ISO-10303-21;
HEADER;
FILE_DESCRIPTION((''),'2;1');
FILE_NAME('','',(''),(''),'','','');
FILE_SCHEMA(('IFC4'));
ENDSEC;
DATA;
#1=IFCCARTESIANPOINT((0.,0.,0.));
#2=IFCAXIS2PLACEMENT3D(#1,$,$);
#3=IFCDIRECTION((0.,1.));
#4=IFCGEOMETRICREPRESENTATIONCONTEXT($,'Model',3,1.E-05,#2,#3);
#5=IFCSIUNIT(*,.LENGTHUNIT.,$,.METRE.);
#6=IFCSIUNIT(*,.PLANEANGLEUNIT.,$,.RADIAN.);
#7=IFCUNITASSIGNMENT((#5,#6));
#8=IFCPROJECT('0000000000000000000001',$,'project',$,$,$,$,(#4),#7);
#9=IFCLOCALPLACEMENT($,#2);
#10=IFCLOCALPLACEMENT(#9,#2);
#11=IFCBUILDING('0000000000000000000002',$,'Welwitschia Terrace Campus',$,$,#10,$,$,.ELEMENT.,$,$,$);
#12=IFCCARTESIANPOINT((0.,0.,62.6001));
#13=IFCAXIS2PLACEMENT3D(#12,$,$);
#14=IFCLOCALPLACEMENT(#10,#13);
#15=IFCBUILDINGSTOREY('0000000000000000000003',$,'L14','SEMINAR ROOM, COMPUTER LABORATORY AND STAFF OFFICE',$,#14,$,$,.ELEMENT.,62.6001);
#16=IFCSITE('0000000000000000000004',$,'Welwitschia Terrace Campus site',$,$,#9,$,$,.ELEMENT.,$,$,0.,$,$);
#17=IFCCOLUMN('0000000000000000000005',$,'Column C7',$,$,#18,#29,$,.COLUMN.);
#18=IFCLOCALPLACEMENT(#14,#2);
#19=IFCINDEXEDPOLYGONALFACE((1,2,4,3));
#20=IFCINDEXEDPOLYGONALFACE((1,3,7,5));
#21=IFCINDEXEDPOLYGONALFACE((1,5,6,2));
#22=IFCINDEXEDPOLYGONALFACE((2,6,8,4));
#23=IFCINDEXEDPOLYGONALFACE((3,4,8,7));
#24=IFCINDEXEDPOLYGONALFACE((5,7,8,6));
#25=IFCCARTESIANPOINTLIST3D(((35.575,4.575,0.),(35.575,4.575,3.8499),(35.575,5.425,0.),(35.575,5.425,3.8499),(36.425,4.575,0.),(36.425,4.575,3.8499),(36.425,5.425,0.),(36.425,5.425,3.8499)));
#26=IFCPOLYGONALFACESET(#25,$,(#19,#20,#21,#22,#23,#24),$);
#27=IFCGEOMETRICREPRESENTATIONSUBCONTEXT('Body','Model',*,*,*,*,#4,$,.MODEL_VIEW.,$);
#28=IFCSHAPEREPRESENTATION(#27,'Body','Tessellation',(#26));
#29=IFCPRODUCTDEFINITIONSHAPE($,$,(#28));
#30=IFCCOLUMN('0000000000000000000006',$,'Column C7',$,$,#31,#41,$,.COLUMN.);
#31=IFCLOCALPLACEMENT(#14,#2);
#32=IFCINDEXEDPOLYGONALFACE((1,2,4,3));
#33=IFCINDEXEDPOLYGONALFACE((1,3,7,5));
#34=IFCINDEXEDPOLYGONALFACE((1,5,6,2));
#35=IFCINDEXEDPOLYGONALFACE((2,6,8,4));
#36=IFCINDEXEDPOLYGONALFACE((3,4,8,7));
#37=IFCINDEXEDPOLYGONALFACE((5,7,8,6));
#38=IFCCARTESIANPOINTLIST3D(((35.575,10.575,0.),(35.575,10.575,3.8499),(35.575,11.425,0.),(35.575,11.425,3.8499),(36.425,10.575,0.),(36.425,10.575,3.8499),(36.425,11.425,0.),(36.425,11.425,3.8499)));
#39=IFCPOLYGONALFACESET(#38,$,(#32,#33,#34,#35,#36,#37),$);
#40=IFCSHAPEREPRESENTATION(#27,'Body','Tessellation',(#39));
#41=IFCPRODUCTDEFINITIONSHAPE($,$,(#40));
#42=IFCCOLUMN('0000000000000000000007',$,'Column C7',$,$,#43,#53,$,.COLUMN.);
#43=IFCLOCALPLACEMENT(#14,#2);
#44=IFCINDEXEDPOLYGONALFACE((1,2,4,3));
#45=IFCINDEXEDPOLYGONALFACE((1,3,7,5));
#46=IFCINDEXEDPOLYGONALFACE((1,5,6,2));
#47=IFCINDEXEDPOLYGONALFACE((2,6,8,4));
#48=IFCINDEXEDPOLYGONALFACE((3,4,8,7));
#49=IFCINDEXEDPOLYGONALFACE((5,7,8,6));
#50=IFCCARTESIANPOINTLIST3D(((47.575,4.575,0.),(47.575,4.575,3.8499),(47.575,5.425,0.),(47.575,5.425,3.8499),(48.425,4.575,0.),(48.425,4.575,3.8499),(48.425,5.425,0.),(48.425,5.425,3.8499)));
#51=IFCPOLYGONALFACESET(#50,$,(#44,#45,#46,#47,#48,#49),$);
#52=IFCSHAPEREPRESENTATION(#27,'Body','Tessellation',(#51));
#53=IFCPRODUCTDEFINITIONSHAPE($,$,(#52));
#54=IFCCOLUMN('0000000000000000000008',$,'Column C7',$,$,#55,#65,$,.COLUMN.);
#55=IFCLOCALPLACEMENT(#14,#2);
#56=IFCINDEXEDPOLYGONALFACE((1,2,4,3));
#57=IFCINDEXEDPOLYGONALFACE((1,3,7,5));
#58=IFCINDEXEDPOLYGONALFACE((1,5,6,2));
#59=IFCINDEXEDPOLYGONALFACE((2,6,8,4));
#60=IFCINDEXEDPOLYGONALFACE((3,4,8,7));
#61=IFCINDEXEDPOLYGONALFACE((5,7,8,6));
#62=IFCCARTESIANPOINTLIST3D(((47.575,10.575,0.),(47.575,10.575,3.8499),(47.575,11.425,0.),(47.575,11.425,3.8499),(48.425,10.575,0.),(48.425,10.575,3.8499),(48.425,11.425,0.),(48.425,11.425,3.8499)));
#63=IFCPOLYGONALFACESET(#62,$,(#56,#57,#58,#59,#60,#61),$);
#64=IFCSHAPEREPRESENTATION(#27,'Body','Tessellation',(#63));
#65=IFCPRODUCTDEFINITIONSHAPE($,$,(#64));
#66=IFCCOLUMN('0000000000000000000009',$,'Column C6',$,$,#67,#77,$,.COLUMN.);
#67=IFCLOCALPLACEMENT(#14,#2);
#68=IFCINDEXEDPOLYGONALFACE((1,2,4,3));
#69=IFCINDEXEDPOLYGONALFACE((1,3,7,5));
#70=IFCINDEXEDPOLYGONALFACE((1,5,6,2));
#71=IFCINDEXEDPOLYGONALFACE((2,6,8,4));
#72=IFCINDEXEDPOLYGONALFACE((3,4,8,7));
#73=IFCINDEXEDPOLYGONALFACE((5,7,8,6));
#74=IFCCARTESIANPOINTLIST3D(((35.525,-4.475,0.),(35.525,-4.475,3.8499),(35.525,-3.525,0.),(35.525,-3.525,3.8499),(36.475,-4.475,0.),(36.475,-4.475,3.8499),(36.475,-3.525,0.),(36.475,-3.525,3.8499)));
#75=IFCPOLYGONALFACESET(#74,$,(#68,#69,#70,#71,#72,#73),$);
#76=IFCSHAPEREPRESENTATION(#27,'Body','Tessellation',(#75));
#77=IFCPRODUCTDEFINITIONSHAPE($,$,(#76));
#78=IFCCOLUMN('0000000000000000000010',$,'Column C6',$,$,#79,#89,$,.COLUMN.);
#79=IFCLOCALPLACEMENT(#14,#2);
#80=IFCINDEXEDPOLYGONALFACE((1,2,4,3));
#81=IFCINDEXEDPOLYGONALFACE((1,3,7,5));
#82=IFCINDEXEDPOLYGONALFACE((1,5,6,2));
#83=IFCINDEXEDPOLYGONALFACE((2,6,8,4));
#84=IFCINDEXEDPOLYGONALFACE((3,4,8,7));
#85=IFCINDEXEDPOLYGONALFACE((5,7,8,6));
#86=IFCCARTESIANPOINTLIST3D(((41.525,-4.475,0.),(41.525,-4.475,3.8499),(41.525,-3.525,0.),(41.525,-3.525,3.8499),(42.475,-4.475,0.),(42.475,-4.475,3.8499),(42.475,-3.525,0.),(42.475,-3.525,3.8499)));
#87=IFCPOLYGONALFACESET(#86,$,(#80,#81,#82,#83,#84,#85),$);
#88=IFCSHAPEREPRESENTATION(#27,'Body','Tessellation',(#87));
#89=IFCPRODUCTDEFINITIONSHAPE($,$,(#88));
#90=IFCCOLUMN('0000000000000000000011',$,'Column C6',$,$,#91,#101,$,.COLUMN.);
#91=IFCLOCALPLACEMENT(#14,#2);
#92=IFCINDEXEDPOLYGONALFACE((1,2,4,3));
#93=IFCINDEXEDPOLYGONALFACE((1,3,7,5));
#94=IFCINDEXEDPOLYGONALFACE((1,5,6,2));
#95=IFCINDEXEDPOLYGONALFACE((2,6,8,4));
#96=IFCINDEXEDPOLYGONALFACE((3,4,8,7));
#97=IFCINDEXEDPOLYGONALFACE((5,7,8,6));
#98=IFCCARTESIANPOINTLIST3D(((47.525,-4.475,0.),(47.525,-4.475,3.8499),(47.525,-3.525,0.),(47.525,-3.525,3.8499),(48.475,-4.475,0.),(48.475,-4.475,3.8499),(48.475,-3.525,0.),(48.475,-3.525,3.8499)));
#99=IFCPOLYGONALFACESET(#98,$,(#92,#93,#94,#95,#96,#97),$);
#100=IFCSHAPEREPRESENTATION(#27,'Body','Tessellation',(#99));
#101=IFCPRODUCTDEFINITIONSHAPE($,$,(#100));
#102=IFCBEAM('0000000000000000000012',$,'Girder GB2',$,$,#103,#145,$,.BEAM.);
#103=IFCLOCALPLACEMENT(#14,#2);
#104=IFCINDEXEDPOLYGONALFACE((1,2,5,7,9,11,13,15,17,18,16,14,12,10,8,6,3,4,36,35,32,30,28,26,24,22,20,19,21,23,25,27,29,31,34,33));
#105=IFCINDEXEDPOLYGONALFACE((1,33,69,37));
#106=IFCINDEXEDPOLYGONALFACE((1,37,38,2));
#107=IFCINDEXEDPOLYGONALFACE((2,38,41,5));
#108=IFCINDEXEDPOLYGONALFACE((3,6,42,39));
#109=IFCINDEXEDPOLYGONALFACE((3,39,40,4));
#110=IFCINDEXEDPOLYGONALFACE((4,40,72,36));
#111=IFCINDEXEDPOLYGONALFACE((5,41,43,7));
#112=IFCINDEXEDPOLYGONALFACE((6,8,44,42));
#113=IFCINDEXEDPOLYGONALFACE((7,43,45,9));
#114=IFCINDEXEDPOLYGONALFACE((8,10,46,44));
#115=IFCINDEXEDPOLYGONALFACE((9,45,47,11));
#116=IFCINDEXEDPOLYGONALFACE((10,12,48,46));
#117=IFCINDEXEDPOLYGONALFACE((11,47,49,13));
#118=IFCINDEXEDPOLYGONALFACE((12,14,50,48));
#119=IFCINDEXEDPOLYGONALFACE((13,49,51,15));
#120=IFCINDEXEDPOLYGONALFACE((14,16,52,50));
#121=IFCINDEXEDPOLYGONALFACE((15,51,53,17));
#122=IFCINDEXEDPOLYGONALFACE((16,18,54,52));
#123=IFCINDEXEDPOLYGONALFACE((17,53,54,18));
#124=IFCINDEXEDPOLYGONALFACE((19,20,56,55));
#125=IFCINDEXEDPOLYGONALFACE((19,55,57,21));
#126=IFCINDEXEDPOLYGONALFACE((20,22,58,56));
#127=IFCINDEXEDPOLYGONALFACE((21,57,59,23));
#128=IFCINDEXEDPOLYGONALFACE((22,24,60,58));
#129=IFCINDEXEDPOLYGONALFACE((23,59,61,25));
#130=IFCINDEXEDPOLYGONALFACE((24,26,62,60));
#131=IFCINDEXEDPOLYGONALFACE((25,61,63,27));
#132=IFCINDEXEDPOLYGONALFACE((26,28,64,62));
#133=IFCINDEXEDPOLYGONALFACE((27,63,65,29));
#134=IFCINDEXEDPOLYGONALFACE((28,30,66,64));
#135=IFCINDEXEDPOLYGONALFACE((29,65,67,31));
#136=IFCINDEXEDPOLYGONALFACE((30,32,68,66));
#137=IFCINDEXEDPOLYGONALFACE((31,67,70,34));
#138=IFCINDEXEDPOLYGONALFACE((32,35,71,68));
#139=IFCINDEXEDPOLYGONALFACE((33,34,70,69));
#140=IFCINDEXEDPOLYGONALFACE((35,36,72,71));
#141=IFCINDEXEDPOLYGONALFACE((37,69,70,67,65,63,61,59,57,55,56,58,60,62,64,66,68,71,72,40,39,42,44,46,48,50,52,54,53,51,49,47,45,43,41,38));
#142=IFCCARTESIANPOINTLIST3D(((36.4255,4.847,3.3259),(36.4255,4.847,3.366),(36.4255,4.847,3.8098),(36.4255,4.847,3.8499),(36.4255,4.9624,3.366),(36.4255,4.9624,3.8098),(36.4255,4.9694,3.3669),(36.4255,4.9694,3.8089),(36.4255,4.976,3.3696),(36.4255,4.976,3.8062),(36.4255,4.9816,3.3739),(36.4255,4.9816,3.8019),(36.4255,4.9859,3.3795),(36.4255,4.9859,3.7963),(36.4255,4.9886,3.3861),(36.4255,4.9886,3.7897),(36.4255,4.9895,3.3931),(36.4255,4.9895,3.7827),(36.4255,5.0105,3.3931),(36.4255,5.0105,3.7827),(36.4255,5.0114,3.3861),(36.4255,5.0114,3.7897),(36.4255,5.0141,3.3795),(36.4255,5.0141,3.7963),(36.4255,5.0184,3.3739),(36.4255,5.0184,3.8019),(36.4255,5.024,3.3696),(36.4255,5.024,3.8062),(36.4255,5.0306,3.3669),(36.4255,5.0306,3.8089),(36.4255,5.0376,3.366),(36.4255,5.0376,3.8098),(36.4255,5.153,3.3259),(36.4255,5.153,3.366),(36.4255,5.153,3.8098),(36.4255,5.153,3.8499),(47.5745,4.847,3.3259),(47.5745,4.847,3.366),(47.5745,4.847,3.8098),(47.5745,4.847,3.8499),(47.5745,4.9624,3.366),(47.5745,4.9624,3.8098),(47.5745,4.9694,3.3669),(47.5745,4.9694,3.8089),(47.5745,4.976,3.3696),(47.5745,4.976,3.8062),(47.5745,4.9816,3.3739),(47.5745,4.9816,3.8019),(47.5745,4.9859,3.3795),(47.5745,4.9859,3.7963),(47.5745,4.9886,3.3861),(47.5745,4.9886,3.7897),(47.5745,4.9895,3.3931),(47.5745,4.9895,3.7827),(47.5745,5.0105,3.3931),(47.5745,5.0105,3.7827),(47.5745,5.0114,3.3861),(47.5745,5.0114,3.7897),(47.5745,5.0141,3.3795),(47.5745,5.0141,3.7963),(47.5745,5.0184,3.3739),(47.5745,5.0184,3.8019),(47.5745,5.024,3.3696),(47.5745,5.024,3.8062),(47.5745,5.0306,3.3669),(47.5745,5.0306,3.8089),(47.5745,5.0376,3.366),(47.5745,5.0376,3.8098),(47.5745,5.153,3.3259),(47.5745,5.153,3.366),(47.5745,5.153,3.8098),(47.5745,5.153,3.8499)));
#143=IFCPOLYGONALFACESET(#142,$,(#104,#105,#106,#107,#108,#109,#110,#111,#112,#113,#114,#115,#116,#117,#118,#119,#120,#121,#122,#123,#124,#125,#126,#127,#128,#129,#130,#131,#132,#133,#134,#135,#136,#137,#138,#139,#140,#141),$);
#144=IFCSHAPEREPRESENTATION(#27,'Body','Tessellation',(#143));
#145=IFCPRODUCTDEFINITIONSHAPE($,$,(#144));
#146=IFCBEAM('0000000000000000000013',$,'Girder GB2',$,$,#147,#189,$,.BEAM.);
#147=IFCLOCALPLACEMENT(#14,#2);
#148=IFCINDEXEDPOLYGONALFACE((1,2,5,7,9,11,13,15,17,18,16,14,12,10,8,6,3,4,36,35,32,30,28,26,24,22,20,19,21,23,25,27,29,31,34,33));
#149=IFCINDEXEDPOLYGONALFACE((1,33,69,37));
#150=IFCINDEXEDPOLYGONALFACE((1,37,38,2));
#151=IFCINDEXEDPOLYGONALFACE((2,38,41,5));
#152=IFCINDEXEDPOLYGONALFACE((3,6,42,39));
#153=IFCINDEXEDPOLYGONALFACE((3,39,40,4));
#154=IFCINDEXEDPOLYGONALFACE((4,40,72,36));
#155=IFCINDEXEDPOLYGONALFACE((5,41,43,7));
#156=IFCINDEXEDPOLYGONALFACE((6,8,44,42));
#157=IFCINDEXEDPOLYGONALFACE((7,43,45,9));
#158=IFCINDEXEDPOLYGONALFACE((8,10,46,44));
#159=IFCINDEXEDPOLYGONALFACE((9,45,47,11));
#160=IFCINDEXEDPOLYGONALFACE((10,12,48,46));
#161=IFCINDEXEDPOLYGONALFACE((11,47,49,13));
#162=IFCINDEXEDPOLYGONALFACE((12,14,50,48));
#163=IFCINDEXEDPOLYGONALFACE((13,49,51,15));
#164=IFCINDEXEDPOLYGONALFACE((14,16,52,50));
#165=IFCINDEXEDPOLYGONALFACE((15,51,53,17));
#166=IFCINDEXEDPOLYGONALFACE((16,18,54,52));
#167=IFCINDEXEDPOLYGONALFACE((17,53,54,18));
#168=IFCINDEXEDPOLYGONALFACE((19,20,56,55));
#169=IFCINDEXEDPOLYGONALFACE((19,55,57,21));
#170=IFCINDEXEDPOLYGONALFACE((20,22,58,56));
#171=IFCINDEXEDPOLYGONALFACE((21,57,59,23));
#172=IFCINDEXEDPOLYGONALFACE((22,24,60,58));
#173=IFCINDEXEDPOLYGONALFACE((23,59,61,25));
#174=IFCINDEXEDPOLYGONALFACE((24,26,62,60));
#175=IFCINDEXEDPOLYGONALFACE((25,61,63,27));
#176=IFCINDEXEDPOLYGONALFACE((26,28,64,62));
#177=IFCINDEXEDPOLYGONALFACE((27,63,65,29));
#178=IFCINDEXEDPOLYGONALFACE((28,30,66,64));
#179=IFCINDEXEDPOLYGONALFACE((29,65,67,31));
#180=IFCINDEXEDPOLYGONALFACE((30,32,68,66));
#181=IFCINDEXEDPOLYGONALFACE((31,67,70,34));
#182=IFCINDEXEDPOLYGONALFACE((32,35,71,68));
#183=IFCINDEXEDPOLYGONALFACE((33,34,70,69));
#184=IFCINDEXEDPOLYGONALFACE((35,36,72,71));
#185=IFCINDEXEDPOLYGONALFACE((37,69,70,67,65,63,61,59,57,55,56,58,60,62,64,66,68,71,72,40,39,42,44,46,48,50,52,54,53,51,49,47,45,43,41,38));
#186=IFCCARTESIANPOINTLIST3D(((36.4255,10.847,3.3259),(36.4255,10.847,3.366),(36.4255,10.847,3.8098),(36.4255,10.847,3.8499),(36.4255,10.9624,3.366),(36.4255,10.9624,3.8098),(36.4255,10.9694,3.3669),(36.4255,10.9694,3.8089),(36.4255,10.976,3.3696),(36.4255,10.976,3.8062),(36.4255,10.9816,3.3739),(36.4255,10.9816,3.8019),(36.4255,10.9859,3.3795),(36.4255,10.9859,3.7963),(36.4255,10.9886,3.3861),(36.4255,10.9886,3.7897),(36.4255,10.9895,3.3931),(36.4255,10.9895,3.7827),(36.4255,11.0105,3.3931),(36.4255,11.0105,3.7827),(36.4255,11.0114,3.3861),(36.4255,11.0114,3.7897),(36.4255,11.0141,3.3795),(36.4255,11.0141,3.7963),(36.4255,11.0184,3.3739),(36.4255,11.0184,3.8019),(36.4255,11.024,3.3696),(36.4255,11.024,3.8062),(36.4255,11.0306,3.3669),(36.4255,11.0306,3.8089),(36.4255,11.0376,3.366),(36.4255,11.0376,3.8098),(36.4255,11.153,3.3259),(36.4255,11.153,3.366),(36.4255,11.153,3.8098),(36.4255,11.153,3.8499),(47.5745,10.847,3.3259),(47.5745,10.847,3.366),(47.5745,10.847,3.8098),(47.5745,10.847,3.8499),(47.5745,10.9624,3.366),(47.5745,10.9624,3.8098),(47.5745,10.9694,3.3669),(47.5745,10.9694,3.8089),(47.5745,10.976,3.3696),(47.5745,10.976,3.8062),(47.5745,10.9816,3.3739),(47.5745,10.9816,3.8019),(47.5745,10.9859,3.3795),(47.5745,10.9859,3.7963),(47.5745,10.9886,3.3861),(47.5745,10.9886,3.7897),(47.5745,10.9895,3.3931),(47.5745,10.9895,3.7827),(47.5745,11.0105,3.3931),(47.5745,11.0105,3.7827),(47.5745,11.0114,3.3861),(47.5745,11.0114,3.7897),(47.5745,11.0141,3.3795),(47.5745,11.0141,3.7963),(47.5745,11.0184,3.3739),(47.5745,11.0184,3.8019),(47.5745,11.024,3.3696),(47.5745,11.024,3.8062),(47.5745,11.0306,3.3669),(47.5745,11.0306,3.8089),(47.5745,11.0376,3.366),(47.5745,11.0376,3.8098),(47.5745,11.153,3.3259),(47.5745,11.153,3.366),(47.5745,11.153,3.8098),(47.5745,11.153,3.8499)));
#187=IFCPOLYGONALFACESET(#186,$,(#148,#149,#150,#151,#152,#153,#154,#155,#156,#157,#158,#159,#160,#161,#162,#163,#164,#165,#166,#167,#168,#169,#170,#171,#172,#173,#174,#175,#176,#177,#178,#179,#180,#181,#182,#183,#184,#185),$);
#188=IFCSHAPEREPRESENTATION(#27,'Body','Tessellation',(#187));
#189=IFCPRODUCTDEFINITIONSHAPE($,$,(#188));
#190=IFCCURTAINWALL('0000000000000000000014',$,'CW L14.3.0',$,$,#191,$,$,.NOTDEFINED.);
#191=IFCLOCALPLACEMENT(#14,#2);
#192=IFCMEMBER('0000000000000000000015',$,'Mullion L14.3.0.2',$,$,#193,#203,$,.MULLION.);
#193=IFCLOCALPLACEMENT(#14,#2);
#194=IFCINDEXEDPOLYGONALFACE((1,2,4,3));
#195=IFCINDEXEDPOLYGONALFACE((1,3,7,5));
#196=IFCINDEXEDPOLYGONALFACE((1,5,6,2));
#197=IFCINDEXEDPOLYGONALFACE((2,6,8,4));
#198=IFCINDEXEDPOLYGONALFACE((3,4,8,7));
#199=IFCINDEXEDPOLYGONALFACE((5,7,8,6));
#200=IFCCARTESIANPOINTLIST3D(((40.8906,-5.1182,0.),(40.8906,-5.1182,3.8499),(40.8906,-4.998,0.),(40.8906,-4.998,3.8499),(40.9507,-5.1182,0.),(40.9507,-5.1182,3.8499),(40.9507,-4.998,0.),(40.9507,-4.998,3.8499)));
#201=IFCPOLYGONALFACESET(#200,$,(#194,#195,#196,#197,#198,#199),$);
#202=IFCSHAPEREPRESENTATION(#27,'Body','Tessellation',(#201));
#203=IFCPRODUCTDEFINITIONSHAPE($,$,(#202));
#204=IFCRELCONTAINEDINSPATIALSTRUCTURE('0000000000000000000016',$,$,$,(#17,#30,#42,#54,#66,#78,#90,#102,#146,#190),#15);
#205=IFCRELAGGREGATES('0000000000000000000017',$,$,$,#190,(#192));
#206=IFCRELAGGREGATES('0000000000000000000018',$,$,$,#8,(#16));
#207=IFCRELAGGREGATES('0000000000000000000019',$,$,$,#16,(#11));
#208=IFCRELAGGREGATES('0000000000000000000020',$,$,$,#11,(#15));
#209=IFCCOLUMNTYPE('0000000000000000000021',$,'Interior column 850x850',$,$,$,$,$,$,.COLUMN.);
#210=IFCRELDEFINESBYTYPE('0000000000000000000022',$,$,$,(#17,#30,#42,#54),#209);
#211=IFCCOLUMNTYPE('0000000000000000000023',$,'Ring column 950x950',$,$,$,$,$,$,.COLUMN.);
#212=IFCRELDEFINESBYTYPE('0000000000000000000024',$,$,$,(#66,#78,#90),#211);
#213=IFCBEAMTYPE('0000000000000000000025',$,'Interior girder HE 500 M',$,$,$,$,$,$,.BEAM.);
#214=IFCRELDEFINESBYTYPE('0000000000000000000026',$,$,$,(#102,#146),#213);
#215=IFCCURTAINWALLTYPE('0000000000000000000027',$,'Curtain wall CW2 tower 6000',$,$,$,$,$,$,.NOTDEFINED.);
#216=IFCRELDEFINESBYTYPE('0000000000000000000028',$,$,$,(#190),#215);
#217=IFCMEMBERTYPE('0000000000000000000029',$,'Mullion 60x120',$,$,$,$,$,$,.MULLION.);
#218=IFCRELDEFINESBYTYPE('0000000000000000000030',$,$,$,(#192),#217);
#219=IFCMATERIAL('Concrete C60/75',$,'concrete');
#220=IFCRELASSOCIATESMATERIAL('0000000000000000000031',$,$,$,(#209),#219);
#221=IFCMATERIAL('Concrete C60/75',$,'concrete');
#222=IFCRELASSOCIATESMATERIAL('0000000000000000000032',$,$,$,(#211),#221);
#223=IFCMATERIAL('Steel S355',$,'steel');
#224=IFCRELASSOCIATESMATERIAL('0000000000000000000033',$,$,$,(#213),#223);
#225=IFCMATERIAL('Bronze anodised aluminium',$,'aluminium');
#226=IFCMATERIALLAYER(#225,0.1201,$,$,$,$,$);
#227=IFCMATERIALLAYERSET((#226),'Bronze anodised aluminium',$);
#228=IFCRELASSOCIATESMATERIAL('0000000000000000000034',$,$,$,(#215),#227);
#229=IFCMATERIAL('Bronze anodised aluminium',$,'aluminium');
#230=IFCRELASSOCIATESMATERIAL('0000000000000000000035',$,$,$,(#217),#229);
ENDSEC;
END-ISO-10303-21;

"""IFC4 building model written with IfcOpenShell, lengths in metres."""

from ifc_helpers import new_model, si_unit, direction, frame, origin, origin_2d, place, context, subcontext, project, spatial, rectangle, i_section, extrude, material, layer, layer_set, material_profile, profile_set, type_object, element, aggregate, save


model = new_model("IFC4")

# Units and contexts
model_context = context("Model", 3, precision=1e-05, world=origin(), true_north=direction((0.0, 1.0)))
body_context = subcontext(model_context, "Body", "Model", "MODEL_VIEW")
ifc_project = project(units=[si_unit("LENGTHUNIT", "METRE"), si_unit("PLANEANGLEUNIT", "RADIAN")], contexts=[model_context])

# Site, building, storey
site_placement = place(None, origin())
site = spatial("IfcSite", under=ifc_project, at=site_placement, Name="Welwitschia Terrace Campus site", CompositionType="ELEMENT", RefElevation=0.0)
building_placement = place(site_placement, origin())
building = spatial("IfcBuilding", under=site, at=building_placement, Name="Welwitschia Terrace Campus", CompositionType="ELEMENT")
storey_placement = place(building_placement, frame((0.0, 0.0, 62.6001)))
storey = spatial("IfcBuildingStorey", under=building, at=storey_placement, Name="L14", Description="SEMINAR ROOM, COMPUTER LABORATORY AND STAFF OFFICE", CompositionType="ELEMENT", Elevation=62.6001)

# Columns
ifc_material_1 = material(Name="Concrete C60/75", Category="concrete")
ifc_material_profile_1 = material_profile(ifc_material_1, rectangle(XDim=0.8501, YDim=0.8501, at=origin_2d()))
ifc_profile_set_1 = profile_set([ifc_material_profile_1], Name="Concrete C60/75")
column_type_1 = type_object("IfcColumnType", Name="Interior column 850x850", PredefinedType="COLUMN", material=ifc_profile_set_1)
for number, where, z_axis, x_axis, name in (
    (1, (36.0, 5.0, 0.0), (0.0, 0.0, 1.0), (1.0, 0.0, 0.0), "Column C7"),
    (2, (36.0, 11.0, 0.0), (0.0, 0.0, 1.0), (1.0, 0.0, 0.0), "Column C7"),
    (3, (48.0, 5.0, 0.0), (0.0, 0.0, 1.0), (1.0, 0.0, 0.0), "Column C7"),
    (4, (48.0, 11.0, 0.0), (0.0, 0.0, 1.0), (1.0, 0.0, 0.0), "Column C7"),
):
    element("IfcColumn", number, at=place(storey_placement, frame(where, z_axis=z_axis, x_axis=x_axis)), inside=storey, type_object=column_type_1, Name=name, PredefinedType="COLUMN", context=body_context, shape_type="SweptSolid", body=[
        extrude(rectangle(XDim=0.8501, YDim=0.8501, at=origin_2d()), origin(), (0.0, 0.0, 1.0), 3.8499),
    ])
ifc_material_2 = material(Name="Concrete C60/75", Category="concrete")
ifc_material_profile_2 = material_profile(ifc_material_2, rectangle(XDim=0.95, YDim=0.95, at=origin_2d()))
ifc_profile_set_2 = profile_set([ifc_material_profile_2], Name="Concrete C60/75")
column_type_2 = type_object("IfcColumnType", Name="Ring column 950x950", PredefinedType="COLUMN", material=ifc_profile_set_2)
for number, where, z_axis, x_axis, name in (
    (5, (36.0, -4.0, 0.0), (0.0, 0.0, 1.0), (1.0, 0.0, 0.0), "Column C6"),
    (6, (42.0, -4.0, 0.0), (0.0, 0.0, 1.0), (1.0, 0.0, 0.0), "Column C6"),
    (7, (48.0, -4.0, 0.0), (0.0, 0.0, 1.0), (1.0, 0.0, 0.0), "Column C6"),
):
    element("IfcColumn", number, at=place(storey_placement, frame(where, z_axis=z_axis, x_axis=x_axis)), inside=storey, type_object=column_type_2, Name=name, PredefinedType="COLUMN", context=body_context, shape_type="SweptSolid", body=[
        extrude(rectangle(XDim=0.95, YDim=0.95, at=origin_2d()), origin(), (0.0, 0.0, 1.0), 3.8499),
    ])

# Beams
ifc_material_3 = material(Name="Steel S355", Category="steel")
ifc_material_profile_3 = material_profile(ifc_material_3, i_section(OverallWidth=0.3059, OverallDepth=0.5239, WebThickness=0.021, FlangeThickness=0.04, FilletRadius=0.0271, at=origin_2d()))
ifc_profile_set_3 = profile_set([ifc_material_profile_3], Name="Steel S355")
beam_type_1 = type_object("IfcBeamType", Name="Interior girder HE 500 M", PredefinedType="BEAM", material=ifc_profile_set_3)
for number, where, z_axis, x_axis, name in (
    (8, (36.4255, 5.0, 3.5879), (1.0, 0.0, 0.0), (0.0, 1.0, 0.0), "Girder GB2"),
    (9, (36.4255, 11.0, 3.5879), (1.0, 0.0, 0.0), (0.0, 1.0, 0.0), "Girder GB2"),
):
    element("IfcBeam", number, at=place(storey_placement, frame(where, z_axis=z_axis, x_axis=x_axis)), inside=storey, type_object=beam_type_1, Name=name, PredefinedType="BEAM", context=body_context, shape_type="SweptSolid", body=[
        extrude(i_section(OverallWidth=0.3059, OverallDepth=0.5239, WebThickness=0.021, FlangeThickness=0.04, FilletRadius=0.0271, at=origin_2d()), origin(), (0.0, 0.0, 1.0), 11.1489),
    ])

# Curtain wall, member
ifc_material_4 = material(Name="Bronze anodised aluminium", Category="aluminium")
ifc_layer_1 = layer(ifc_material_4, 0.1201)
ifc_layer_set_1 = layer_set([ifc_layer_1], Name="Bronze anodised aluminium")
curtain_wall_type = type_object("IfcCurtainWallType", Name="Curtain wall CW2 tower 6000", PredefinedType="NOTDEFINED", material=ifc_layer_set_1)
curtain_wall_placement = place(storey_placement, origin())
curtain_wall = element("IfcCurtainWall", 10, at=curtain_wall_placement, inside=storey, type_object=curtain_wall_type, Name="CW L14.3.0", PredefinedType="NOTDEFINED")
ifc_material_5 = material(Name="Bronze anodised aluminium", Category="aluminium")
ifc_material_profile_4 = material_profile(ifc_material_5, rectangle(XDim=0.1201, YDim=0.0601, at=origin_2d()))
ifc_profile_set_4 = profile_set([ifc_material_profile_4], Name="Bronze anodised aluminium")
member_type = type_object("IfcMemberType", Name="Mullion 60x120", PredefinedType="MULLION", material=ifc_profile_set_4)
member_1_placement = place(storey_placement, frame((40.9207, -5.0581, 0.0), z_axis=(0.0, 0.0, 1.0), x_axis=(0.0, 1.0, 0.0)))
member_1 = element("IfcMember", 11, at=member_1_placement, type_object=member_type, Name="Mullion L14.3.0.2", PredefinedType="MULLION", context=body_context, shape_type="SweptSolid", body=[
    extrude(rectangle(XDim=0.1201, YDim=0.0601, at=origin_2d()), origin(), (0.0, 0.0, 1.0), 3.8499),
])

aggregate(curtain_wall, [member_1])

save(model, "model.ifc")
